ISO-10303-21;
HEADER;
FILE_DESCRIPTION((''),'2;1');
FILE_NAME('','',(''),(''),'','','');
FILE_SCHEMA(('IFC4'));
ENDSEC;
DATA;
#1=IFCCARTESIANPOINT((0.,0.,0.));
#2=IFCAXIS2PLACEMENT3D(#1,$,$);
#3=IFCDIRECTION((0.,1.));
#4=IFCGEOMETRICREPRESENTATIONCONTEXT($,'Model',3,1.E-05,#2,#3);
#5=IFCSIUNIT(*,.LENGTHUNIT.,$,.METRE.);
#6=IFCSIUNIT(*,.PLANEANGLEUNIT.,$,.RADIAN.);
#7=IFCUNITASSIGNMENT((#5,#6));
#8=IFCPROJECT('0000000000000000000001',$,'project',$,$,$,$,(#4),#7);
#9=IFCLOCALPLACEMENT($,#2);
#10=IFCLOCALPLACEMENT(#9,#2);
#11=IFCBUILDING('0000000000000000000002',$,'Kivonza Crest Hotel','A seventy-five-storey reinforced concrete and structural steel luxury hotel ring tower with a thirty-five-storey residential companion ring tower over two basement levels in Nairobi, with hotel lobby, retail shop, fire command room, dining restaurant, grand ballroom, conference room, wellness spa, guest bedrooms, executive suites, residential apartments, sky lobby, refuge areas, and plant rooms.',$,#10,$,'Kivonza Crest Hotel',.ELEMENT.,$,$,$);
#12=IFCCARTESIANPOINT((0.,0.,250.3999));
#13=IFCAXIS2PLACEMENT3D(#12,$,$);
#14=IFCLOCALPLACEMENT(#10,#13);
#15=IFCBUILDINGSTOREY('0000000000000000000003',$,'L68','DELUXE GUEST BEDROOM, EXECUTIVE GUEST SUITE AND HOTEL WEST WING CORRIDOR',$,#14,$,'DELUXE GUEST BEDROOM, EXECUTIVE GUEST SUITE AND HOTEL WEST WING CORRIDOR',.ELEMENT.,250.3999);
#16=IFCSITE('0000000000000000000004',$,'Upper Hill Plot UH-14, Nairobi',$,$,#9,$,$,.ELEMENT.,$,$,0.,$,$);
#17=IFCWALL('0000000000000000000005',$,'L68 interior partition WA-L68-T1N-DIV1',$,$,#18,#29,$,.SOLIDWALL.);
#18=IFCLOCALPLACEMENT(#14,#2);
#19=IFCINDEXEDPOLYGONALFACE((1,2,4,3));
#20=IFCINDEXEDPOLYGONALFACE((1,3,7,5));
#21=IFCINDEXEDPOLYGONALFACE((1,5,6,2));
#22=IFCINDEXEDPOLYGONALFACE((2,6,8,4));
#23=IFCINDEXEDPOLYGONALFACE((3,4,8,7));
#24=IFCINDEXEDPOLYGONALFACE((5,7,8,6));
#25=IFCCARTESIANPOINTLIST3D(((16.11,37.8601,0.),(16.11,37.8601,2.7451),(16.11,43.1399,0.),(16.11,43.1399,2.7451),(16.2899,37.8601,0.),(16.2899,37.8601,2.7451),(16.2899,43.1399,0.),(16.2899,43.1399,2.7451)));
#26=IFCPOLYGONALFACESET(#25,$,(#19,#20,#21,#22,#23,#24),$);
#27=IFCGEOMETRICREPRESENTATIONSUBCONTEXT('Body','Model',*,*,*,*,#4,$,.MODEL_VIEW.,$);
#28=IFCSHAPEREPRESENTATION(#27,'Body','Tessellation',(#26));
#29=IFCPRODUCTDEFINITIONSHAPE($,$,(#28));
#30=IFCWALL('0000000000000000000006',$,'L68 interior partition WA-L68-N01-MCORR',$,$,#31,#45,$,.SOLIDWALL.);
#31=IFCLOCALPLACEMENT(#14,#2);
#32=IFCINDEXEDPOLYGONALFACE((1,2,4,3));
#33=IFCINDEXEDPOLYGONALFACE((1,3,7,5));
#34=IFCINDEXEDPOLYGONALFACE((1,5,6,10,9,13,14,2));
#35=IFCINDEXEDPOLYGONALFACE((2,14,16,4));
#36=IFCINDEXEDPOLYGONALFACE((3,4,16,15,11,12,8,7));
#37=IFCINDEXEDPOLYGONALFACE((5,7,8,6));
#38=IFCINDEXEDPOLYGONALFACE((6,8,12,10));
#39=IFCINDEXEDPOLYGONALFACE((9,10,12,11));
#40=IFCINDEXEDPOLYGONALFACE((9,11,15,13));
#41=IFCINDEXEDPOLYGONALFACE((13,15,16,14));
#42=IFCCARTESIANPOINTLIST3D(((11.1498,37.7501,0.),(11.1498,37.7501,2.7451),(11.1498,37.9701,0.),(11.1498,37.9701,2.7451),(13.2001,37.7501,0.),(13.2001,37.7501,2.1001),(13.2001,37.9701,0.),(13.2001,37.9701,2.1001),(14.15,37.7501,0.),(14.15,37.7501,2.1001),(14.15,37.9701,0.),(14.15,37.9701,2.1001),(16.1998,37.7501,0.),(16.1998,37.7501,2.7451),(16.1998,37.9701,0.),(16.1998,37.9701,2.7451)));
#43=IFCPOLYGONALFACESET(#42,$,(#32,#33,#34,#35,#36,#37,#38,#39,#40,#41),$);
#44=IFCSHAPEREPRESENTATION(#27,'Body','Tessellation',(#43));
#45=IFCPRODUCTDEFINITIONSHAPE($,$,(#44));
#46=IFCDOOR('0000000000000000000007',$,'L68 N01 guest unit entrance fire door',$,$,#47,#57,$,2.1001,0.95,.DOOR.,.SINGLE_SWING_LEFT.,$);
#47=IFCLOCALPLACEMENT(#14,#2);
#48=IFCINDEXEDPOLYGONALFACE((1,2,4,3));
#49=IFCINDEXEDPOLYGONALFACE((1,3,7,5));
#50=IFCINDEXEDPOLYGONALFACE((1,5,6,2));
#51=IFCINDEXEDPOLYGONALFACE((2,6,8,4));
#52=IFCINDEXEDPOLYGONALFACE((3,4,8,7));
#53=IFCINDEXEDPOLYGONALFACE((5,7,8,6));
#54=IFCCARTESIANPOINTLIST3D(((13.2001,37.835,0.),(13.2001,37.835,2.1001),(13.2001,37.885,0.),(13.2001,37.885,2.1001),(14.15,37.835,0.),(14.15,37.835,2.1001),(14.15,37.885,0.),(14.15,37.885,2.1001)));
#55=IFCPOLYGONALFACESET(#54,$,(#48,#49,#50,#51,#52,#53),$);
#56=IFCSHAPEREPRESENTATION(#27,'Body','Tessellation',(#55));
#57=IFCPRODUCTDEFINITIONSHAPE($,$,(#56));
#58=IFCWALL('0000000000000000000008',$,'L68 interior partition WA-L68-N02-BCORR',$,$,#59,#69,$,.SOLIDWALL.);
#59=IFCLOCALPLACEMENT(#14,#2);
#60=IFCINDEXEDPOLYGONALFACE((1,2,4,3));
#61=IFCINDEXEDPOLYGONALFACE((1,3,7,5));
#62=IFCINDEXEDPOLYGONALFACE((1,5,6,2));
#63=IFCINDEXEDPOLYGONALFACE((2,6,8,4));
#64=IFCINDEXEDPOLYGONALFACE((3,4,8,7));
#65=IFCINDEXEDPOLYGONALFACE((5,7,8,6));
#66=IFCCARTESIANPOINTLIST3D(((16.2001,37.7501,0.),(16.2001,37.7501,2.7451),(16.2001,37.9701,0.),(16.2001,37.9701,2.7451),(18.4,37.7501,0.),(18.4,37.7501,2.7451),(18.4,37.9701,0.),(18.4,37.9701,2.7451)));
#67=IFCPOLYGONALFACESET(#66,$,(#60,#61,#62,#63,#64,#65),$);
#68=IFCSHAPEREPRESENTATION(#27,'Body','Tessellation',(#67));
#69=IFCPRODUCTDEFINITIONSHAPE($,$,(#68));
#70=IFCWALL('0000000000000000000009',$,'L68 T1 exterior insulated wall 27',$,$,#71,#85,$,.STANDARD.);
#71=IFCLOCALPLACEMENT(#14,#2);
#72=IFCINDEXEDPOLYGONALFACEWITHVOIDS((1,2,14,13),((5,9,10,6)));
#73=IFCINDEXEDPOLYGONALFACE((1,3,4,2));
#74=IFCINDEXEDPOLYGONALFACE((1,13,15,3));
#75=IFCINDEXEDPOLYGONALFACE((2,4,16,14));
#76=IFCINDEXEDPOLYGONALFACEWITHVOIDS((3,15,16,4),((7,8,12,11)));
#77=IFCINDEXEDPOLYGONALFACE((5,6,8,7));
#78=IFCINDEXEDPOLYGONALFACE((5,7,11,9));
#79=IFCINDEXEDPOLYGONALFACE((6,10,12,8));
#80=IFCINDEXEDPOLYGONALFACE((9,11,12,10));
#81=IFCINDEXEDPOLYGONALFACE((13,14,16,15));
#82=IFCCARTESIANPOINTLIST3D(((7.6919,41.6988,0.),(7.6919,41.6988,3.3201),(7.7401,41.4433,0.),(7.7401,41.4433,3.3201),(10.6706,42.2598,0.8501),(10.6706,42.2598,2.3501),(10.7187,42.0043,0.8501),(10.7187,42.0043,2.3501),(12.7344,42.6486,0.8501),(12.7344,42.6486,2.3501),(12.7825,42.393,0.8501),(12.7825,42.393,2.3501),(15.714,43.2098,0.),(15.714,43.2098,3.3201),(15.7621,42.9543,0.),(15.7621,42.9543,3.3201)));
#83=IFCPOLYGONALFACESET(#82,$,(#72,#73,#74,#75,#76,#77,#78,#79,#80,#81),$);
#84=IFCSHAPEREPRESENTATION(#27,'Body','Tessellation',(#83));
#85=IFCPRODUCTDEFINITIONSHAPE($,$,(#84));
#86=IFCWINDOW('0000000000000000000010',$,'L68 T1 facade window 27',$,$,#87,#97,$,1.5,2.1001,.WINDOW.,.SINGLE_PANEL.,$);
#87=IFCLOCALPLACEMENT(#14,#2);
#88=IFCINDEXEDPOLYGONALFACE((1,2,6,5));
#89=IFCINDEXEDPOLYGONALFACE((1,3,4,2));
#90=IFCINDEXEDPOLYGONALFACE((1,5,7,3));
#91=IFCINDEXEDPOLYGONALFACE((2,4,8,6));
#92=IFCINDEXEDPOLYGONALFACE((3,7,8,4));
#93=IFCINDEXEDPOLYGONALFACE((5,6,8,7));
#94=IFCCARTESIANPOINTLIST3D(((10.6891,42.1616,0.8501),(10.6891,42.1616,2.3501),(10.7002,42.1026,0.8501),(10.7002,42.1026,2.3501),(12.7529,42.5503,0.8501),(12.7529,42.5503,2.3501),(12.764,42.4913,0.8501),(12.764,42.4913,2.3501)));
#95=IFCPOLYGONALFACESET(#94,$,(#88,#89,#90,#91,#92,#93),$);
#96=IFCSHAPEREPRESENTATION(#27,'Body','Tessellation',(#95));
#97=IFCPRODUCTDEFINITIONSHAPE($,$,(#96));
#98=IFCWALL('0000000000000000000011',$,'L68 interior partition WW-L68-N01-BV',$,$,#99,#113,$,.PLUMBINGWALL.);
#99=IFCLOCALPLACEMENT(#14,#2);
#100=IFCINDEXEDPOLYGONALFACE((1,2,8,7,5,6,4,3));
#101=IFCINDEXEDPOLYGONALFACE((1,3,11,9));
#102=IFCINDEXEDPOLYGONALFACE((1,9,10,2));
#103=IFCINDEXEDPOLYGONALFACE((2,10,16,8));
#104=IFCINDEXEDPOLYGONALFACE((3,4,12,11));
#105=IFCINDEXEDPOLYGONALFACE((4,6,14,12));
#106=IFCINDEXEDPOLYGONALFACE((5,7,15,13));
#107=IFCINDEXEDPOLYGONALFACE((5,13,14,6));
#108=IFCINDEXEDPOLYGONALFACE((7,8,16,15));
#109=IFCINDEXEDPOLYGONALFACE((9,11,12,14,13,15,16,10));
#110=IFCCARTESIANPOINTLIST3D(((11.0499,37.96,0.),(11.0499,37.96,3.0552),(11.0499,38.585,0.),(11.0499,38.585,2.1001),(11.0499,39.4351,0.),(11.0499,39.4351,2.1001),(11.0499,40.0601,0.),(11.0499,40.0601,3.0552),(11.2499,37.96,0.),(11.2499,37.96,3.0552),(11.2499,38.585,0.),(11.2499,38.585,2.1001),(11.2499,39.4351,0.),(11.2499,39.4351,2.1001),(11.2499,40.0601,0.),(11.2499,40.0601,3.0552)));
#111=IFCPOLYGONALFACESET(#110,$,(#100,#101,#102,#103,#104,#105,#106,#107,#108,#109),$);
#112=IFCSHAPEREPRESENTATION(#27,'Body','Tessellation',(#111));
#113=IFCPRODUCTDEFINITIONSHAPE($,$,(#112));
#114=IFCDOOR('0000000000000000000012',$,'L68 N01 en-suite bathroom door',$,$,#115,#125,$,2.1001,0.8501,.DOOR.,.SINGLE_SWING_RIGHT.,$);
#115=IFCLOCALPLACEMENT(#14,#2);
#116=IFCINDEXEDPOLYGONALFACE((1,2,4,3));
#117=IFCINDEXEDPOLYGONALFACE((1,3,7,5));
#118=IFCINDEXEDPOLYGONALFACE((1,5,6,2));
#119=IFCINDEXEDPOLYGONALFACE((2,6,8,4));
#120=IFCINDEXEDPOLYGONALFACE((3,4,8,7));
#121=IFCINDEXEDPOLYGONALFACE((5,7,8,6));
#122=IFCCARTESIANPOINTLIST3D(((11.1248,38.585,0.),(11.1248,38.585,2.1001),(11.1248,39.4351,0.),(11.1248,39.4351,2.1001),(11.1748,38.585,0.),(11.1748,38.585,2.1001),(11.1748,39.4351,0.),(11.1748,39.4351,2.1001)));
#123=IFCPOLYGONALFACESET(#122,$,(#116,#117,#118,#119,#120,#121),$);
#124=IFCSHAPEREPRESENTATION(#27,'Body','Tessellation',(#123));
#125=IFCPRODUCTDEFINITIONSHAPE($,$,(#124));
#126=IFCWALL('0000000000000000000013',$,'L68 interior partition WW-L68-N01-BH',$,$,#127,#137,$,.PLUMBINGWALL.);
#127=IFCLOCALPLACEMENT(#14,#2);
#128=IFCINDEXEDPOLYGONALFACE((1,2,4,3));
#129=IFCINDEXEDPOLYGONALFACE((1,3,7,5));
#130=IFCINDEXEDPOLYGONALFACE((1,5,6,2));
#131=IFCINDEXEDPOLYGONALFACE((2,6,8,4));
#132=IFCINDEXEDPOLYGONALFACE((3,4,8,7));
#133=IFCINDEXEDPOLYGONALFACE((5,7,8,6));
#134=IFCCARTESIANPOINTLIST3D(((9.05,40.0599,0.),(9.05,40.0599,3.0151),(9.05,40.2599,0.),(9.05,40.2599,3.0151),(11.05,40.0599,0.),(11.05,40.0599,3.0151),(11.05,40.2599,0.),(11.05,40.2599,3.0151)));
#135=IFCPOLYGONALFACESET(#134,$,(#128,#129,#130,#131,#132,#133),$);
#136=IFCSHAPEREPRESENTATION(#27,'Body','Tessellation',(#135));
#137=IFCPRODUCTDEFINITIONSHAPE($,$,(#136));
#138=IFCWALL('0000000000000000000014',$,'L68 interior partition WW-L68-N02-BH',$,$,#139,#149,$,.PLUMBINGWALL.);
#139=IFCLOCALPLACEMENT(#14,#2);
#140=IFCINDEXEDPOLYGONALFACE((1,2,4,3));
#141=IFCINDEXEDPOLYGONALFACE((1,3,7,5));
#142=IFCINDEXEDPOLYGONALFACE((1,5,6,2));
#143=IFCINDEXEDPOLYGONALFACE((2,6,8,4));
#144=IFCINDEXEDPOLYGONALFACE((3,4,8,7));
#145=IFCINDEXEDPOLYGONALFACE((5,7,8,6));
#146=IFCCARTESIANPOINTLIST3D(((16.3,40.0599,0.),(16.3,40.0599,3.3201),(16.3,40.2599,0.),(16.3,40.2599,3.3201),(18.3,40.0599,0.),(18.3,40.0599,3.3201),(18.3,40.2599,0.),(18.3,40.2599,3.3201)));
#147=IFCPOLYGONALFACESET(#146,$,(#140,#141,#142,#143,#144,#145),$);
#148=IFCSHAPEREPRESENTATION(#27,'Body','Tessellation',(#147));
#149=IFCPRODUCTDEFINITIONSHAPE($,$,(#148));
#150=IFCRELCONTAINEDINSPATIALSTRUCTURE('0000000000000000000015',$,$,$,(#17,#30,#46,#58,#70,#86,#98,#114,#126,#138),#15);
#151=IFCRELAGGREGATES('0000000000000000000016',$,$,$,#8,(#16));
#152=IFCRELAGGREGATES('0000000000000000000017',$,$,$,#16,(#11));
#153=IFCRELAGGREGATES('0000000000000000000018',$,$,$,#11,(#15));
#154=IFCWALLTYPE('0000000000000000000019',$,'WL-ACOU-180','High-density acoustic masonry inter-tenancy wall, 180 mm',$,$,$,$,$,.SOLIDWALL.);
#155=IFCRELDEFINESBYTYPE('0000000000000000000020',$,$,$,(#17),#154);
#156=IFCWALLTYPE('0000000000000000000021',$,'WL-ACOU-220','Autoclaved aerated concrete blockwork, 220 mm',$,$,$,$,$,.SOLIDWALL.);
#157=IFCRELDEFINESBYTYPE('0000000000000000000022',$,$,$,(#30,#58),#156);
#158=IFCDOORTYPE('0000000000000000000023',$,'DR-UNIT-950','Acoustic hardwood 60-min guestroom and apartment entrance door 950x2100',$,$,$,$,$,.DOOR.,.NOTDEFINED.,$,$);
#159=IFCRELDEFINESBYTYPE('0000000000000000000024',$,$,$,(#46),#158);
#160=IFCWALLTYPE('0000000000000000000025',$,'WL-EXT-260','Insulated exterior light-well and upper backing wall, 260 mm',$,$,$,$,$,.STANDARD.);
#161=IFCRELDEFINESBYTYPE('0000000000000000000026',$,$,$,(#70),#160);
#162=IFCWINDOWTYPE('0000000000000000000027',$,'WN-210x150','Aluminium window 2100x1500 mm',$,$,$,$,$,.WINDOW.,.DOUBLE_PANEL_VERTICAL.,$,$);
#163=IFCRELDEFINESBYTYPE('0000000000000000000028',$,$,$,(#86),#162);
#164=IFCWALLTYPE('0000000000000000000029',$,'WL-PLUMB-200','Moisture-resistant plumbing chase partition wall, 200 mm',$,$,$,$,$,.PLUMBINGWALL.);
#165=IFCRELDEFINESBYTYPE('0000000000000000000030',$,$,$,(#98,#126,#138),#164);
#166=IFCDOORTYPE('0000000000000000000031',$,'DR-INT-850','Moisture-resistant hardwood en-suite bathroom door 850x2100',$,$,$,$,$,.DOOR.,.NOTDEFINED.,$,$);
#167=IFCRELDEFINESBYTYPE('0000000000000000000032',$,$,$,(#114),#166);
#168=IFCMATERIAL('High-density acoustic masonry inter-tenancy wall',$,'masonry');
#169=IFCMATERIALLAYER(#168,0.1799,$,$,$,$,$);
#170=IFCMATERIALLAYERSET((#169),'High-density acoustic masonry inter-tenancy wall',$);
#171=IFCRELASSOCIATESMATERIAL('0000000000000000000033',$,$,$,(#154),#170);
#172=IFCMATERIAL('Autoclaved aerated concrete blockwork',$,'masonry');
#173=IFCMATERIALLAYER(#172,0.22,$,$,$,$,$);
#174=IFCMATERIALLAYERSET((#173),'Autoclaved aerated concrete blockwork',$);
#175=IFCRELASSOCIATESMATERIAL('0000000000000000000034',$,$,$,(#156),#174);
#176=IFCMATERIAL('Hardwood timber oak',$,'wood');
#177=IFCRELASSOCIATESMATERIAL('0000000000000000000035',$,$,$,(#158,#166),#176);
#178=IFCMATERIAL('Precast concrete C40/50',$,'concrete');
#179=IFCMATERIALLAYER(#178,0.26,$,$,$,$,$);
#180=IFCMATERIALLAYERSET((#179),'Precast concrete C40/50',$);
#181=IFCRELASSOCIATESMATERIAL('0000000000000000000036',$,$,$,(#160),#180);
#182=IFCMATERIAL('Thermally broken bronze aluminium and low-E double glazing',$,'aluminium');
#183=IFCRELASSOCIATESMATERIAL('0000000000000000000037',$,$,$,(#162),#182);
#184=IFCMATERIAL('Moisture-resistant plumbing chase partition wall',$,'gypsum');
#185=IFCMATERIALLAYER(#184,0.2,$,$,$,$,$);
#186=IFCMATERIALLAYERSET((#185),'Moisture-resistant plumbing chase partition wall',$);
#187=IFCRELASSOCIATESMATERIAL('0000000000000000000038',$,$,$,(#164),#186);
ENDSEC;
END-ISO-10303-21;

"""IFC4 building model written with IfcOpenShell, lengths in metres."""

from ifc_helpers import new_model, si_unit, direction, frame, frame_2d, origin, place, context, subcontext, project, spatial, rectangle, extrude, material, layer, layer_set, type_object, element, fill, save


model = new_model("IFC4")

# Units and contexts
model_context = context("Model", 3, precision=1e-05, world=origin(), true_north=direction((0.0, 1.0)))
body_context = subcontext(model_context, "Body", "Model", "MODEL_VIEW")
ifc_project = project(units=[si_unit("LENGTHUNIT", "METRE"), si_unit("PLANEANGLEUNIT", "RADIAN")], contexts=[model_context])

# Site, building, storey
site_placement = place(None, origin())
site = spatial("IfcSite", under=ifc_project, at=site_placement, Name="Upper Hill Plot UH-14, Nairobi", CompositionType="ELEMENT", RefElevation=0.0)
building_placement = place(site_placement, origin())
building = spatial("IfcBuilding", under=site, at=building_placement, Name="Kivonza Crest Hotel", Description="A seventy-five-storey reinforced concrete and structural steel luxury hotel ring tower with a thirty-five-storey residential companion ring tower over two basement levels in Nairobi, with hotel lobby, retail shop, fire command room, dining restaurant, grand ballroom, conference room, wellness spa, guest bedrooms, executive suites, residential apartments, sky lobby, refuge areas, and plant rooms.", LongName="Kivonza Crest Hotel", CompositionType="ELEMENT")
storey_placement = place(building_placement, frame((0.0, 0.0, 250.3999)))
storey = spatial("IfcBuildingStorey", under=building, at=storey_placement, Name="L68", Description="DELUXE GUEST BEDROOM, EXECUTIVE GUEST SUITE AND HOTEL WEST WING CORRIDOR", LongName="DELUXE GUEST BEDROOM, EXECUTIVE GUEST SUITE AND HOTEL WEST WING CORRIDOR", CompositionType="ELEMENT", Elevation=250.3999)

# Wall
ifc_material_1 = material(Name="High-density acoustic masonry inter-tenancy wall", Category="masonry")
ifc_layer_1 = layer(ifc_material_1, 0.1799)
ifc_layer_set_1 = layer_set([ifc_layer_1], Name="High-density acoustic masonry inter-tenancy wall")
wall_type_1 = type_object("IfcWallType", Name="WL-ACOU-180", Description="High-density acoustic masonry inter-tenancy wall, 180 mm", PredefinedType="SOLIDWALL", material=ifc_layer_set_1)
wall_1_placement = place(storey_placement, frame((16.2, 37.8601, 0.0), z_axis=(0.0, 0.0, 1.0), x_axis=(0.0, 1.0, 0.0)))
element("IfcWall", 1, at=wall_1_placement, inside=storey, type_object=wall_type_1, Name="L68 interior partition WA-L68-T1N-DIV1", PredefinedType="SOLIDWALL", context=body_context, shape_type="SweptSolid", body=[
    extrude(rectangle(XDim=5.2798, YDim=0.1799, at=frame_2d((2.6399, 0.0))), origin(), (0.0, 0.0, 1.0), 2.7451),
])

# Wall, opening, door
ifc_material_2 = material(Name="Autoclaved aerated concrete blockwork", Category="masonry")
ifc_layer_2 = layer(ifc_material_2, 0.22)
ifc_layer_set_2 = layer_set([ifc_layer_2], Name="Autoclaved aerated concrete blockwork")
wall_type_2 = type_object("IfcWallType", Name="WL-ACOU-220", Description="Autoclaved aerated concrete blockwork, 220 mm", PredefinedType="SOLIDWALL", material=ifc_layer_set_2)
wall_2_placement = place(storey_placement, frame((11.1499, 37.8601, 0.0), z_axis=(0.0, 0.0, 1.0), x_axis=(1.0, 0.0, 0.0)))
wall_2 = element("IfcWall", 2, at=wall_2_placement, inside=storey, type_object=wall_type_2, Name="L68 interior partition WA-L68-N01-MCORR", PredefinedType="SOLIDWALL", context=body_context, shape_type="SweptSolid", body=[
    extrude(rectangle(XDim=5.05, YDim=0.22, at=frame_2d((2.5249, 0.0))), origin(), (0.0, 0.0, 1.0), 2.7451),
])
opening_1_placement = place(wall_2_placement, frame((2.05, 0.0, 0.0)))
opening_1 = element("IfcOpeningElement", 3, at=opening_1_placement, cuts=wall_2, PredefinedType="OPENING", context=body_context, shape_type="SweptSolid", body=[
    extrude(rectangle(XDim=0.95, YDim=2.1001, at=frame_2d((0.4751, 1.05))), frame((0.0, 0.1201, 0.0), z_axis=(0.0, -1.0, 0.0), x_axis=(1.0, 0.0, 0.0)), (0.0, 0.0, 1.0), 0.24),
])
ifc_material_3 = material(Name="Hardwood timber oak", Category="wood")
door_type_1 = type_object("IfcDoorType", Name="DR-UNIT-950", Description="Acoustic hardwood 60-min guestroom and apartment entrance door 950x2100", OperationType="NOTDEFINED", PredefinedType="DOOR", material=ifc_material_3)
door_1_placement = place(opening_1_placement, origin())
door_1 = element("IfcDoor", 4, at=door_1_placement, inside=storey, type_object=door_type_1, Name="L68 N01 guest unit entrance fire door", OperationType="SINGLE_SWING_LEFT", OverallHeight=2.1001, OverallWidth=0.95, PredefinedType="DOOR", context=body_context, shape_type="SweptSolid", body=[
    extrude(rectangle(XDim=0.95, YDim=2.1001, at=frame_2d((0.4751, 1.05))), frame((0.0, 0.0249, 0.0), z_axis=(0.0, -1.0, 0.0), x_axis=(1.0, 0.0, 0.0)), (0.0, 0.0, 1.0), 0.05),
])
fill(opening_1, door_1)

# Wall
wall_3_placement = place(storey_placement, frame((16.2, 37.8601, 0.0), z_axis=(0.0, 0.0, 1.0), x_axis=(1.0, 0.0, 0.0)))
element("IfcWall", 5, at=wall_3_placement, inside=storey, type_object=wall_type_2, Name="L68 interior partition WA-L68-N02-BCORR", PredefinedType="SOLIDWALL", context=body_context, shape_type="SweptSolid", body=[
    extrude(rectangle(XDim=2.2, YDim=0.22, at=frame_2d((1.1001, 0.0))), origin(), (0.0, 0.0, 1.0), 2.7451),
])

# Wall, opening, window
ifc_material_4 = material(Name="Precast concrete C40/50", Category="concrete")
ifc_layer_3 = layer(ifc_material_4, 0.26)
ifc_layer_set_3 = layer_set([ifc_layer_3], Name="Precast concrete C40/50")
wall_type_3 = type_object("IfcWallType", Name="WL-EXT-260", Description="Insulated exterior light-well and upper backing wall, 260 mm", PredefinedType="STANDARD", material=ifc_layer_set_3)
wall_4_placement = place(storey_placement, frame((15.738, 43.082, 0.0), z_axis=(0.0, 0.0, 1.0), x_axis=(-0.982719, -0.185101, 0.0)))
wall_4 = element("IfcWall", 6, at=wall_4_placement, inside=storey, type_object=wall_type_3, Name="L68 T1 exterior insulated wall 27", PredefinedType="STANDARD", context=body_context, shape_type="SweptSolid", body=[
    extrude(rectangle(XDim=8.1631, YDim=0.26, at=frame_2d((4.0815, 0.0))), origin(), (0.0, 0.0, 1.0), 3.3201),
])
opening_2_placement = place(wall_4_placement, frame((3.032, 0.0, 0.8501)))
opening_2 = element("IfcOpeningElement", 7, at=opening_2_placement, cuts=wall_4, PredefinedType="OPENING", context=body_context, shape_type="SweptSolid", body=[
    extrude(rectangle(XDim=2.1001, YDim=1.5, at=frame_2d((1.05, 0.75))), frame((0.0, 0.1401, 0.0), z_axis=(0.0, -1.0, 0.0), x_axis=(1.0, 0.0, 0.0)), (0.0, 0.0, 1.0), 0.28),
])
ifc_material_5 = material(Name="Thermally broken bronze aluminium and low-E double glazing", Category="aluminium")
window_type = type_object("IfcWindowType", Name="WN-210x150", Description="Aluminium window 2100x1500 mm", PartitioningType="DOUBLE_PANEL_VERTICAL", PredefinedType="WINDOW", material=ifc_material_5)
window_placement = place(opening_2_placement, origin())
window = element("IfcWindow", 8, at=window_placement, inside=storey, type_object=window_type, Name="L68 T1 facade window 27", OverallHeight=1.5, OverallWidth=2.1001, PartitioningType="SINGLE_PANEL", PredefinedType="WINDOW", context=body_context, shape_type="SweptSolid", body=[
    extrude(rectangle(XDim=2.1001, YDim=1.5, at=frame_2d((1.05, 0.75))), frame((0.0, 0.03, 0.0), z_axis=(0.0, -1.0, 0.0), x_axis=(1.0, 0.0, 0.0)), (0.0, 0.0, 1.0), 0.0601),
])
fill(opening_2, window)

# Wall, opening, door
ifc_material_6 = material(Name="Moisture-resistant plumbing chase partition wall", Category="gypsum")
ifc_layer_4 = layer(ifc_material_6, 0.2)
ifc_layer_set_4 = layer_set([ifc_layer_4], Name="Moisture-resistant plumbing chase partition wall")
wall_type_4 = type_object("IfcWallType", Name="WL-PLUMB-200", Description="Moisture-resistant plumbing chase partition wall, 200 mm", PredefinedType="PLUMBINGWALL", material=ifc_layer_set_4)
wall_5_placement = place(storey_placement, frame((11.1499, 37.96, 0.0), z_axis=(0.0, 0.0, 1.0), x_axis=(0.0, 1.0, 0.0)))
wall_5 = element("IfcWall", 9, at=wall_5_placement, inside=storey, type_object=wall_type_4, Name="L68 interior partition WW-L68-N01-BV", PredefinedType="PLUMBINGWALL", context=body_context, shape_type="SweptSolid", body=[
    extrude(rectangle(XDim=2.1001, YDim=0.2, at=frame_2d((1.05, 0.0))), origin(), (0.0, 0.0, 1.0), 3.0552),
])
opening_3_placement = place(wall_5_placement, frame((0.625, 0.0, 0.0)))
opening_3 = element("IfcOpeningElement", 10, at=opening_3_placement, cuts=wall_5, PredefinedType="OPENING", context=body_context, shape_type="SweptSolid", body=[
    extrude(rectangle(XDim=0.8501, YDim=2.1001, at=frame_2d((0.425, 1.05))), frame((0.0, 0.1099, 0.0), z_axis=(0.0, -1.0, 0.0), x_axis=(1.0, 0.0, 0.0)), (0.0, 0.0, 1.0), 0.22),
])
door_type_2 = type_object("IfcDoorType", Name="DR-INT-850", Description="Moisture-resistant hardwood en-suite bathroom door 850x2100", OperationType="NOTDEFINED", PredefinedType="DOOR", material=ifc_material_3)
door_2_placement = place(opening_3_placement, frame((0.8501, 0.0, 0.0), z_axis=(0.0, 0.0, 1.0), x_axis=(-1.0, 0.0, 0.0)))
door_2 = element("IfcDoor", 11, at=door_2_placement, inside=storey, type_object=door_type_2, Name="L68 N01 en-suite bathroom door", OperationType="SINGLE_SWING_RIGHT", OverallHeight=2.1001, OverallWidth=0.8501, PredefinedType="DOOR", context=body_context, shape_type="SweptSolid", body=[
    extrude(rectangle(XDim=0.8501, YDim=2.1001, at=frame_2d((0.425, 1.05))), frame((0.0, 0.0249, 0.0), z_axis=(0.0, -1.0, 0.0), x_axis=(1.0, 0.0, 0.0)), (0.0, 0.0, 1.0), 0.05),
])
fill(opening_3, door_2)

# Walls
wall_6_placement = place(storey_placement, frame((9.05, 40.1599, 0.0), z_axis=(0.0, 0.0, 1.0), x_axis=(1.0, 0.0, 0.0)))
element("IfcWall", 12, at=wall_6_placement, inside=storey, type_object=wall_type_4, Name="L68 interior partition WW-L68-N01-BH", PredefinedType="PLUMBINGWALL", context=body_context, shape_type="SweptSolid", body=[
    extrude(rectangle(XDim=2.0, YDim=0.2, at=frame_2d((1.0, 0.0))), origin(), (0.0, 0.0, 1.0), 3.0151),
])
wall_7_placement = place(storey_placement, frame((16.3, 40.1599, 0.0), z_axis=(0.0, 0.0, 1.0), x_axis=(1.0, 0.0, 0.0)))
element("IfcWall", 13, at=wall_7_placement, inside=storey, type_object=wall_type_4, Name="L68 interior partition WW-L68-N02-BH", PredefinedType="PLUMBINGWALL", context=body_context, shape_type="SweptSolid", body=[
    extrude(rectangle(XDim=2.0, YDim=0.2, at=frame_2d((1.0, 0.0))), origin(), (0.0, 0.0, 1.0), 3.3201),
])

save(model, "model.ifc")
